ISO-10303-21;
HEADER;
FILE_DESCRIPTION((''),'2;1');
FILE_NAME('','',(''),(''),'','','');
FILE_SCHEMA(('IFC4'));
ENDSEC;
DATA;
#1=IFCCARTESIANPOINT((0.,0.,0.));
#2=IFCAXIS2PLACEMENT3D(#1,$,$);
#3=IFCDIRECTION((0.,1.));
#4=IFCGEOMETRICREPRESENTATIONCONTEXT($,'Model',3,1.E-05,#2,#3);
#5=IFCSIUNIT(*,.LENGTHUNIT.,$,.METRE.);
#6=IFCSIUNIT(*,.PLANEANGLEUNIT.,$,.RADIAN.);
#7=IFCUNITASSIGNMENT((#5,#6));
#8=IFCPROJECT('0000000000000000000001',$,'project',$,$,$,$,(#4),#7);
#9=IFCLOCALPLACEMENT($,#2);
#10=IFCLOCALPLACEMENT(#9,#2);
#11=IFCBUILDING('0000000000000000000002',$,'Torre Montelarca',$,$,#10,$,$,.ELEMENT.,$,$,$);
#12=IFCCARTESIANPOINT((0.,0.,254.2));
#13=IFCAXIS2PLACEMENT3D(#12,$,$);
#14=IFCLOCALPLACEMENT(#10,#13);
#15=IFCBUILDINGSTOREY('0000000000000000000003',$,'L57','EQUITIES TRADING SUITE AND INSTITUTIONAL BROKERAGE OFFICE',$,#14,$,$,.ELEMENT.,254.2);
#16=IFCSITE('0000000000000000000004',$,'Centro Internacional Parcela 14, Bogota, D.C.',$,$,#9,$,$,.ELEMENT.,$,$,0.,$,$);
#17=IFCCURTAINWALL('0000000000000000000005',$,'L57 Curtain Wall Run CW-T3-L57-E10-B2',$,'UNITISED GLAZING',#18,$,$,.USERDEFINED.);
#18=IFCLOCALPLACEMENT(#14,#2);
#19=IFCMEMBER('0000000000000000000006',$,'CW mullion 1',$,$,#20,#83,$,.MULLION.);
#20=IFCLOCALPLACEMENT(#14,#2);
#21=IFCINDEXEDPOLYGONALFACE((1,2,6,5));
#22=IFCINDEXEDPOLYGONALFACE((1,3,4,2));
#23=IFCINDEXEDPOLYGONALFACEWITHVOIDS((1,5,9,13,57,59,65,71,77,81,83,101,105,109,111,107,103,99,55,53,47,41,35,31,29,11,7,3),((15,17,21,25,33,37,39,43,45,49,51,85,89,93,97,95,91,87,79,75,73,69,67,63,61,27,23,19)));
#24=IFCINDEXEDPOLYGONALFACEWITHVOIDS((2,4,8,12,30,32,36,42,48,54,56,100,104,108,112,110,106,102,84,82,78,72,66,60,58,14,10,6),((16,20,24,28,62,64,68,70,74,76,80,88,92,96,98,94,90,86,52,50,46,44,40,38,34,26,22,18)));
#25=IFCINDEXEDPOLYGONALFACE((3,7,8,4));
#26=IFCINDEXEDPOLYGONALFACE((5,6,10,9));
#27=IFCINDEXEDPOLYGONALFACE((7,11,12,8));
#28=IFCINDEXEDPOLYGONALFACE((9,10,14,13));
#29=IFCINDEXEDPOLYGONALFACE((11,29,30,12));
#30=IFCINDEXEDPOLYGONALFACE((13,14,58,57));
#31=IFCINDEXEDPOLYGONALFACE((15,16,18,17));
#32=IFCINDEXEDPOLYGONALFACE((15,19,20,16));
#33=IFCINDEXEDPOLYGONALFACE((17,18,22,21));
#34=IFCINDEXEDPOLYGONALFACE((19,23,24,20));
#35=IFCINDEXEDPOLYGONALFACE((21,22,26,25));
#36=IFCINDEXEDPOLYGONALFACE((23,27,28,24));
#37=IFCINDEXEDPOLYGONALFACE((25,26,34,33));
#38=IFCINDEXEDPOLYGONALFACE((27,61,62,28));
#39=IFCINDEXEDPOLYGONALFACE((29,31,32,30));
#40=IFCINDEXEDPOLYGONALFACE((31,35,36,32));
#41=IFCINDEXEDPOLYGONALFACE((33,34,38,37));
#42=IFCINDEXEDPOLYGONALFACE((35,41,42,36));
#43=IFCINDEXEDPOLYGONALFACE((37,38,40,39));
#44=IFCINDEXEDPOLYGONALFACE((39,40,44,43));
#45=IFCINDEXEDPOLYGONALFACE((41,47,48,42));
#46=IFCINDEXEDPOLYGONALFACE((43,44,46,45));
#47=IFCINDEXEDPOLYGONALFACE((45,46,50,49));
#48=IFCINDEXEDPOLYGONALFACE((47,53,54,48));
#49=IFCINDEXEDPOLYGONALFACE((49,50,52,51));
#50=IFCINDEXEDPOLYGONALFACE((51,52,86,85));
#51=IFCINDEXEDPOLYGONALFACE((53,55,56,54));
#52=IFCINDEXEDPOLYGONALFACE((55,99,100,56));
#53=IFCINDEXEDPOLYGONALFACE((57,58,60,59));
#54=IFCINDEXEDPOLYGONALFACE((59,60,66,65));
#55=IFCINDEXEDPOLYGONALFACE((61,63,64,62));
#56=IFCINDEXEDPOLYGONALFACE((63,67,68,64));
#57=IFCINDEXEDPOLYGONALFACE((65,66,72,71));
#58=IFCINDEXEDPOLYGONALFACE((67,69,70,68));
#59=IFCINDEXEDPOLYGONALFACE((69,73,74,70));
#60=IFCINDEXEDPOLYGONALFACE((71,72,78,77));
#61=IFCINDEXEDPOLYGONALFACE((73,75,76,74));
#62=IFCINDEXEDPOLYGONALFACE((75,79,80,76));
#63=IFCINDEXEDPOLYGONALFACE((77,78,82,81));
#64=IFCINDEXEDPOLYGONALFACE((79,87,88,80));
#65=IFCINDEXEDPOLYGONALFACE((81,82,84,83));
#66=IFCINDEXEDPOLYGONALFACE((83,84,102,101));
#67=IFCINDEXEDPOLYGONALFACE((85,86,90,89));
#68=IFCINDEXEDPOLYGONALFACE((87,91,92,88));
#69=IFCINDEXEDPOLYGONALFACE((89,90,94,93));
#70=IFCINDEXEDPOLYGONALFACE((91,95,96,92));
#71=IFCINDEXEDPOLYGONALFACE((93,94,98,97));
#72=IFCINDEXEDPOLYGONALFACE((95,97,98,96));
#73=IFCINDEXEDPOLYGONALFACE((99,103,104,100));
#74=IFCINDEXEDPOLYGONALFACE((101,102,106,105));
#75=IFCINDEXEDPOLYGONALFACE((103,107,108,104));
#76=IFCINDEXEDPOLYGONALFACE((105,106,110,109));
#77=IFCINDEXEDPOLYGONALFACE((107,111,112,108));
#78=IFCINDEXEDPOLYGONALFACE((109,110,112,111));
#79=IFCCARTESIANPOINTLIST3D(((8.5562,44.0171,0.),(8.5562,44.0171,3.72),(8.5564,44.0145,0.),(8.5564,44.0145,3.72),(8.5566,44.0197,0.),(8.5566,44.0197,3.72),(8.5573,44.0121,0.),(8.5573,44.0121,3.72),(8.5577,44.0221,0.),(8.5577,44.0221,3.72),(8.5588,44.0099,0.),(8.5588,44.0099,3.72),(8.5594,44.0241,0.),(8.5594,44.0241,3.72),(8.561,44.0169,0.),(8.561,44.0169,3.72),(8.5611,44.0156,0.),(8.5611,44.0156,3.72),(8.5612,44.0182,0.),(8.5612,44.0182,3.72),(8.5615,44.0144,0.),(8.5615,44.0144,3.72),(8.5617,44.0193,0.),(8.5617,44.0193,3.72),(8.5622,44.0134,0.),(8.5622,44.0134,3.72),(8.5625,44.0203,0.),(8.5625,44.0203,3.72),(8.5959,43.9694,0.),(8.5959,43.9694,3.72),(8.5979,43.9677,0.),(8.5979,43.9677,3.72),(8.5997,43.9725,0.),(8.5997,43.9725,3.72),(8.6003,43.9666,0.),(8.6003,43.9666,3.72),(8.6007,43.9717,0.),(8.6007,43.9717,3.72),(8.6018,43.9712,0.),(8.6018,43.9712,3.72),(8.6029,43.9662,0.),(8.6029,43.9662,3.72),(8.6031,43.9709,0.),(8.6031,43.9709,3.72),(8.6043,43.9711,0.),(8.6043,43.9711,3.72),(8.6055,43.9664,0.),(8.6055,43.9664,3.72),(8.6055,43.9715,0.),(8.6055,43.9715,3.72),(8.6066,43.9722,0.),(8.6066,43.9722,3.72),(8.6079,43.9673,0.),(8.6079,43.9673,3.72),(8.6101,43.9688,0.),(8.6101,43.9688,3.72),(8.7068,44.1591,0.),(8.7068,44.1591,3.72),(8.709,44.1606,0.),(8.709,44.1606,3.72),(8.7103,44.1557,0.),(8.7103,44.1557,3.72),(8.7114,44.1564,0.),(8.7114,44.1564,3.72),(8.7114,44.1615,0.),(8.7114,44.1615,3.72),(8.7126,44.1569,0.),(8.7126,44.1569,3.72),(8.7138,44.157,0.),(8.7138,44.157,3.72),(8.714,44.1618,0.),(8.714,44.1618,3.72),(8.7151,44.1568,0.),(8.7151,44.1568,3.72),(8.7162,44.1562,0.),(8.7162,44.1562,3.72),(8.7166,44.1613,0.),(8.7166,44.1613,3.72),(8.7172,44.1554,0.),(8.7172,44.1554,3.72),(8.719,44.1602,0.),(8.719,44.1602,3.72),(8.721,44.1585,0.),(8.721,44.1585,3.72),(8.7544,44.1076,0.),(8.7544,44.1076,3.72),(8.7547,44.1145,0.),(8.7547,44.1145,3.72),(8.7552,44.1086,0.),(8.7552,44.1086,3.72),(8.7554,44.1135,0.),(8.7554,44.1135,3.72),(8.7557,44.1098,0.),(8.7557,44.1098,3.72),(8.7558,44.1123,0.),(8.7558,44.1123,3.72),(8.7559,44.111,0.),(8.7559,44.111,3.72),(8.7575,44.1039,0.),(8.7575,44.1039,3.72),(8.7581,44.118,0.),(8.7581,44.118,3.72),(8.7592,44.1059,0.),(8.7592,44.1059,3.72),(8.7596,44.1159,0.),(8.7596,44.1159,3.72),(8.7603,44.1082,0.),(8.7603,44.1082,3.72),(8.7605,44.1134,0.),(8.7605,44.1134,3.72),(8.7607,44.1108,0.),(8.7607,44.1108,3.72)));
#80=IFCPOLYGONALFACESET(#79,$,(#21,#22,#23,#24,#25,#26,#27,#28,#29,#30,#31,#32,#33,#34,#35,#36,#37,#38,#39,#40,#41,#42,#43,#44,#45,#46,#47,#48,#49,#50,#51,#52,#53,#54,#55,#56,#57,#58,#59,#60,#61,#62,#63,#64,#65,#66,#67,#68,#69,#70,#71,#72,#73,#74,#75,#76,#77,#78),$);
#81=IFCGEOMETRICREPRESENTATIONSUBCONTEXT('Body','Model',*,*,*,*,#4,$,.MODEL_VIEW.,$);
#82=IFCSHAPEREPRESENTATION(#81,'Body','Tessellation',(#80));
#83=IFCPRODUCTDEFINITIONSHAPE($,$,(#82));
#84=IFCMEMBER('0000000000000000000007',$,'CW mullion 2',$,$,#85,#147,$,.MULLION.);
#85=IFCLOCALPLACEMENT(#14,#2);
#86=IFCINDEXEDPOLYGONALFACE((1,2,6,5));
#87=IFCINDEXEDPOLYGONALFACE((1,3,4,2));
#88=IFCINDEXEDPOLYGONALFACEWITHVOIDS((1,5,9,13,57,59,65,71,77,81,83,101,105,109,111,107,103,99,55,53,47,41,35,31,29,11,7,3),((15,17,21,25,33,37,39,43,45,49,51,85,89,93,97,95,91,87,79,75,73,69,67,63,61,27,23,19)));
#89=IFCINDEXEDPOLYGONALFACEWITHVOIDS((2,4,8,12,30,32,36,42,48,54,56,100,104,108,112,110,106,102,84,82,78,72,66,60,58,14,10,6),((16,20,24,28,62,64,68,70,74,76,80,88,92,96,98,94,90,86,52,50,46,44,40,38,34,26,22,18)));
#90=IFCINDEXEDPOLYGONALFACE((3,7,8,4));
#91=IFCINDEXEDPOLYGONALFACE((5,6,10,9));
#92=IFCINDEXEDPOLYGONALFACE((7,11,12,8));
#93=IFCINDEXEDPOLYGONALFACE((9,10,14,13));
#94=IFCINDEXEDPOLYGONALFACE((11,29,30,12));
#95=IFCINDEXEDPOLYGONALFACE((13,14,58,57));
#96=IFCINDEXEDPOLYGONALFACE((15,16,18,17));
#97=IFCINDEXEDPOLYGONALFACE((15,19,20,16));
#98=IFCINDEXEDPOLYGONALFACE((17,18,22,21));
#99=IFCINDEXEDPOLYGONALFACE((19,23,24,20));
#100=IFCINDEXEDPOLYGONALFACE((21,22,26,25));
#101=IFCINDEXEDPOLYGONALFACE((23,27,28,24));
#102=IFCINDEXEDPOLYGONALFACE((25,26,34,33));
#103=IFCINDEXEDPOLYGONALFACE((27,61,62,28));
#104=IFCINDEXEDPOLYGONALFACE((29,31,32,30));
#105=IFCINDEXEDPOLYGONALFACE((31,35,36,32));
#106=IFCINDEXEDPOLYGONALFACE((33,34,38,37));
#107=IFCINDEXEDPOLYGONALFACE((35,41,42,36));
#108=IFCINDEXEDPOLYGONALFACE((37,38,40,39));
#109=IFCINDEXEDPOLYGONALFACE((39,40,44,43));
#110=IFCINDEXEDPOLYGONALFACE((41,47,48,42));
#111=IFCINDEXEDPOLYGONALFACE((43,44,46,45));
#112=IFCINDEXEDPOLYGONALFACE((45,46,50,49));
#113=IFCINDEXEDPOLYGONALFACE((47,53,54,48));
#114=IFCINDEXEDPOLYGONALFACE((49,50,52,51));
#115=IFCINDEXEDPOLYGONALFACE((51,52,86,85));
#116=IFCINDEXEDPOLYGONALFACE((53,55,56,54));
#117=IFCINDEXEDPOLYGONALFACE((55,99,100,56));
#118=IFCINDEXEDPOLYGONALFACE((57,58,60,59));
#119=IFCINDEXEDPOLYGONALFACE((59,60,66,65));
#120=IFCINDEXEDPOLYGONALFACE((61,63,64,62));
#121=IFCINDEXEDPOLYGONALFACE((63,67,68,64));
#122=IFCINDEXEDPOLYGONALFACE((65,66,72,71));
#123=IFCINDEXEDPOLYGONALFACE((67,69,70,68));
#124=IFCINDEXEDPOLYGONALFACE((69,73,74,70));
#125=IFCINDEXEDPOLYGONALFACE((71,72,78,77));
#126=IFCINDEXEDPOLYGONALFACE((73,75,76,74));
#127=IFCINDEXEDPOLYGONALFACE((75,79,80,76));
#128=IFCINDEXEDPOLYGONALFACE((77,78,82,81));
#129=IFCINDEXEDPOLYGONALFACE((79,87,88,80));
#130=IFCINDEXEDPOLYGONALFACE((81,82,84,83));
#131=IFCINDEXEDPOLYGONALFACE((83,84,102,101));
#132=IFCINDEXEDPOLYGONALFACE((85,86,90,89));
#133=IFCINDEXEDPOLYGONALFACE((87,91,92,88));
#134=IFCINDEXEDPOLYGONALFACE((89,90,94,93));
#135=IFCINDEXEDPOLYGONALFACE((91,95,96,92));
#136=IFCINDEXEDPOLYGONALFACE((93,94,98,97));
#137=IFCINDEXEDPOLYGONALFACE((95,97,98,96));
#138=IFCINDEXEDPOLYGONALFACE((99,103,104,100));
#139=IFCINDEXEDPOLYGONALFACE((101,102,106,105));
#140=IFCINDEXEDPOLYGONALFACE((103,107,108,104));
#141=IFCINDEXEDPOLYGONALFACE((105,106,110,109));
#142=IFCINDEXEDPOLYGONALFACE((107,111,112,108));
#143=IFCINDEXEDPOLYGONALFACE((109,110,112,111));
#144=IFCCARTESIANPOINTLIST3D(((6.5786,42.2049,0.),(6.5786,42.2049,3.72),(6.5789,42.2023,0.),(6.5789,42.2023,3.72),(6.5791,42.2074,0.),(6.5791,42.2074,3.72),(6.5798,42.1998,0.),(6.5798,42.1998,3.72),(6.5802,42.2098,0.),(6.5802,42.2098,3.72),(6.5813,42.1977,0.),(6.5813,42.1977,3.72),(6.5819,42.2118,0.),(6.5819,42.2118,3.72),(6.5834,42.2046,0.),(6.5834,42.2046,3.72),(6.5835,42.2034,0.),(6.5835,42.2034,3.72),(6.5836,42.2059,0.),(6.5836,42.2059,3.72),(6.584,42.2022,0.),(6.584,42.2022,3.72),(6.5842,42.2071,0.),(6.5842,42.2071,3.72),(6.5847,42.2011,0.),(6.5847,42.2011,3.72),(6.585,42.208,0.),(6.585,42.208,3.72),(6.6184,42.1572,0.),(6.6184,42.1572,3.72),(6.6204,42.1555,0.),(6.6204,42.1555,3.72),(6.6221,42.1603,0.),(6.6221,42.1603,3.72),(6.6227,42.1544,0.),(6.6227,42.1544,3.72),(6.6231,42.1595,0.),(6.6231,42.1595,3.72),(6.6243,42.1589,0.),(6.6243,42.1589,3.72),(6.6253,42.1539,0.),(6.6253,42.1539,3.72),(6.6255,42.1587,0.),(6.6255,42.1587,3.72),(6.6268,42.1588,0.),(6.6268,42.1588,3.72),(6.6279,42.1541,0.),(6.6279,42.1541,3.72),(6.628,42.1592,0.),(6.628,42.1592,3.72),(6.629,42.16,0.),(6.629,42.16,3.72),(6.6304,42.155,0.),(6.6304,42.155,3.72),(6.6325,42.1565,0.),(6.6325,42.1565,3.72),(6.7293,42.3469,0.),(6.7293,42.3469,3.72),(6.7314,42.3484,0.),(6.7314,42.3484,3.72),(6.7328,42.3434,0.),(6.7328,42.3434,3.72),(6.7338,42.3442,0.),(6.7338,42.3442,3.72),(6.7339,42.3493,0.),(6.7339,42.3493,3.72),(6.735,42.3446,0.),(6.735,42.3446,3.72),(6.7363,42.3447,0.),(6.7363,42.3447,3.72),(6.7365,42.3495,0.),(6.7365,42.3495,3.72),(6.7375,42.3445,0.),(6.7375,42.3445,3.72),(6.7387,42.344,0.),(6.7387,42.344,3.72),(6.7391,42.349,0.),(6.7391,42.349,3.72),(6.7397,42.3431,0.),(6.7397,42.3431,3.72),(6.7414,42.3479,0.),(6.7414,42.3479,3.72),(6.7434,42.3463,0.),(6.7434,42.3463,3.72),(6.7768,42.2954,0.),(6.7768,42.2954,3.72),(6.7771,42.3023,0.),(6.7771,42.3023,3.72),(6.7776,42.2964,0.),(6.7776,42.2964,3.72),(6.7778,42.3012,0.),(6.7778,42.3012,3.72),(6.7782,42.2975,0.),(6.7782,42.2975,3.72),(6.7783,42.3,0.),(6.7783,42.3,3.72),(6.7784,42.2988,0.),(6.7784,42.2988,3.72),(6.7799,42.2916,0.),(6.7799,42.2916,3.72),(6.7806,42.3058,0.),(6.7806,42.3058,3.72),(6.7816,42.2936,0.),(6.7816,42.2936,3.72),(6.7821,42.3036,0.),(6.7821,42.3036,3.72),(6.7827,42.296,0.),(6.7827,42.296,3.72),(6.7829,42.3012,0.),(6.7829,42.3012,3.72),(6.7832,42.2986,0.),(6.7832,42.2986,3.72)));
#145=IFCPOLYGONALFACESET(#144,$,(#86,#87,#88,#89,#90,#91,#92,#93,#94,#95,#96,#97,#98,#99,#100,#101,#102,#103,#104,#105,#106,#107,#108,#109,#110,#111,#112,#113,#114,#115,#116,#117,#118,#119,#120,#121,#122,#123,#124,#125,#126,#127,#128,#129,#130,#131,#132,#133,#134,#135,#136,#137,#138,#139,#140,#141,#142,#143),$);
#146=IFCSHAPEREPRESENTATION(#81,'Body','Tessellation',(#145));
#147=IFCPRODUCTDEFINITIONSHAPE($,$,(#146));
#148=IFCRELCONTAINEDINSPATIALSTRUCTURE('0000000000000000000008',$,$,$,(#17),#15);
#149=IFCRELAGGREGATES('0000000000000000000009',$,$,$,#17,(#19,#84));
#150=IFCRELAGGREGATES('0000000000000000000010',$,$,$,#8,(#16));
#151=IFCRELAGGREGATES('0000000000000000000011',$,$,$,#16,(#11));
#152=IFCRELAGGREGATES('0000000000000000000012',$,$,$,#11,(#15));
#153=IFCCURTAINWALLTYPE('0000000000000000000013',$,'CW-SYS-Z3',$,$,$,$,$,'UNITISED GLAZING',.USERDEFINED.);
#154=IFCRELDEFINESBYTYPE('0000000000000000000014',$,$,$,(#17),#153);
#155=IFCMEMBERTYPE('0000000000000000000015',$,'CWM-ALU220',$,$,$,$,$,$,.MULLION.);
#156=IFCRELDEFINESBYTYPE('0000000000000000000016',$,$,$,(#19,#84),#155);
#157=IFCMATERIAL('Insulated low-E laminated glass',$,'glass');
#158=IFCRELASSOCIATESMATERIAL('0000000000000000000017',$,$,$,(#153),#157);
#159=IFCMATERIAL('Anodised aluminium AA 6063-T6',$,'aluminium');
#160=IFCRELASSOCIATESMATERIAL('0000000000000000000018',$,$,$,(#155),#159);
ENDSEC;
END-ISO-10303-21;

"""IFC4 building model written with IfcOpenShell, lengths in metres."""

from ifc_helpers import new_model, si_unit, direction, frame, origin, origin_2d, place, context, subcontext, project, spatial, hollow_rectangle, extrude, source, transform, mapped, material, material_profile, profile_set, type_object, element, aggregate, save


model = new_model("IFC4")

# Units and contexts
model_context = context("Model", 3, precision=1e-05, world=origin(), true_north=direction((0.0, 1.0)))
body_context = subcontext(model_context, "Body", "Model", "MODEL_VIEW")
ifc_project = project(units=[si_unit("LENGTHUNIT", "METRE"), si_unit("PLANEANGLEUNIT", "RADIAN")], contexts=[model_context])

# Site, building, storey
site_placement = place(None, origin())
site = spatial("IfcSite", under=ifc_project, at=site_placement, Name="Centro Internacional Parcela 14, Bogota, D.C.", CompositionType="ELEMENT", RefElevation=0.0)
building_placement = place(site_placement, origin())
building = spatial("IfcBuilding", under=site, at=building_placement, Name="Torre Montelarca", CompositionType="ELEMENT")
storey_placement = place(building_placement, frame((0.0, 0.0, 254.2)))
storey = spatial("IfcBuildingStorey", under=building, at=storey_placement, Name="L57", Description="EQUITIES TRADING SUITE AND INSTITUTIONAL BROKERAGE OFFICE", CompositionType="ELEMENT", Elevation=254.2)

# Curtain wall, members
ifc_material_1 = material(Name="Insulated low-E laminated glass", Category="glass")
curtain_wall_type = type_object("IfcCurtainWallType", Name="CW-SYS-Z3", ElementType="UNITISED GLAZING", PredefinedType="USERDEFINED", material=ifc_material_1)
ifc_material_2 = material(Name="Anodised aluminium AA 6063-T6", Category="aluminium")
ifc_material_profile_1 = material_profile(ifc_material_2, hollow_rectangle(XDim=0.075, YDim=0.22, WallThickness=0.0049, InnerFilletRadius=0.0049, OuterFilletRadius=0.01, at=origin_2d()), Name="ALU75X220X5", Category="aluminium")
ifc_profile_set_1 = profile_set([ifc_material_profile_1], Name="Anodised aluminium AA 6063-T6")
member_type_1 = type_object("IfcMemberType", Name="CWM-ALU220", PredefinedType="MULLION", material=ifc_profile_set_1)
shared_shape_1 = source(origin(), body_context, "Body", "SweptSolid", [
    extrude(hollow_rectangle(XDim=0.075, YDim=0.22, WallThickness=0.0049, InnerFilletRadius=0.0049, OuterFilletRadius=0.01, at=origin_2d()), origin(), (0.0, 0.0, 1.0), 3.72),
])
curtain_wall_1_placement = place(storey_placement, origin())
curtain_wall_1 = element("IfcCurtainWall", 1, at=curtain_wall_1_placement, inside=storey, type_object=curtain_wall_type, Name="L57 Curtain Wall Run CW-T3-L57-E10-B2", ObjectType="UNITISED GLAZING", PredefinedType="USERDEFINED")
member_1_placement = place(storey_placement, frame((8.6584, 44.064, 0.0), z_axis=(0.0, 0.0, 1.0), x_axis=(0.675588, -0.737279, 0.0)))
member_1 = element("IfcMember", 2, at=member_1_placement, type_object=member_type_1, Name="CW mullion 1", PredefinedType="MULLION", context=body_context, shape_type="MappedRepresentation", body=[
    mapped(shared_shape_1, transform((0.0, 0.0, 0.0), scale=1.0)),
])
member_2_placement = place(storey_placement, frame((6.6809, 42.2517, 0.0), z_axis=(0.0, 0.0, 1.0), x_axis=(0.675588, -0.737279, 0.0)))
member_2 = element("IfcMember", 3, at=member_2_placement, type_object=member_type_1, Name="CW mullion 2", PredefinedType="MULLION", context=body_context, shape_type="MappedRepresentation", body=[
    mapped(shared_shape_1, transform((0.0, 0.0, 0.0), scale=1.0)),
])

aggregate(curtain_wall_1, [member_1, member_2])

save(model, "model.ifc")
